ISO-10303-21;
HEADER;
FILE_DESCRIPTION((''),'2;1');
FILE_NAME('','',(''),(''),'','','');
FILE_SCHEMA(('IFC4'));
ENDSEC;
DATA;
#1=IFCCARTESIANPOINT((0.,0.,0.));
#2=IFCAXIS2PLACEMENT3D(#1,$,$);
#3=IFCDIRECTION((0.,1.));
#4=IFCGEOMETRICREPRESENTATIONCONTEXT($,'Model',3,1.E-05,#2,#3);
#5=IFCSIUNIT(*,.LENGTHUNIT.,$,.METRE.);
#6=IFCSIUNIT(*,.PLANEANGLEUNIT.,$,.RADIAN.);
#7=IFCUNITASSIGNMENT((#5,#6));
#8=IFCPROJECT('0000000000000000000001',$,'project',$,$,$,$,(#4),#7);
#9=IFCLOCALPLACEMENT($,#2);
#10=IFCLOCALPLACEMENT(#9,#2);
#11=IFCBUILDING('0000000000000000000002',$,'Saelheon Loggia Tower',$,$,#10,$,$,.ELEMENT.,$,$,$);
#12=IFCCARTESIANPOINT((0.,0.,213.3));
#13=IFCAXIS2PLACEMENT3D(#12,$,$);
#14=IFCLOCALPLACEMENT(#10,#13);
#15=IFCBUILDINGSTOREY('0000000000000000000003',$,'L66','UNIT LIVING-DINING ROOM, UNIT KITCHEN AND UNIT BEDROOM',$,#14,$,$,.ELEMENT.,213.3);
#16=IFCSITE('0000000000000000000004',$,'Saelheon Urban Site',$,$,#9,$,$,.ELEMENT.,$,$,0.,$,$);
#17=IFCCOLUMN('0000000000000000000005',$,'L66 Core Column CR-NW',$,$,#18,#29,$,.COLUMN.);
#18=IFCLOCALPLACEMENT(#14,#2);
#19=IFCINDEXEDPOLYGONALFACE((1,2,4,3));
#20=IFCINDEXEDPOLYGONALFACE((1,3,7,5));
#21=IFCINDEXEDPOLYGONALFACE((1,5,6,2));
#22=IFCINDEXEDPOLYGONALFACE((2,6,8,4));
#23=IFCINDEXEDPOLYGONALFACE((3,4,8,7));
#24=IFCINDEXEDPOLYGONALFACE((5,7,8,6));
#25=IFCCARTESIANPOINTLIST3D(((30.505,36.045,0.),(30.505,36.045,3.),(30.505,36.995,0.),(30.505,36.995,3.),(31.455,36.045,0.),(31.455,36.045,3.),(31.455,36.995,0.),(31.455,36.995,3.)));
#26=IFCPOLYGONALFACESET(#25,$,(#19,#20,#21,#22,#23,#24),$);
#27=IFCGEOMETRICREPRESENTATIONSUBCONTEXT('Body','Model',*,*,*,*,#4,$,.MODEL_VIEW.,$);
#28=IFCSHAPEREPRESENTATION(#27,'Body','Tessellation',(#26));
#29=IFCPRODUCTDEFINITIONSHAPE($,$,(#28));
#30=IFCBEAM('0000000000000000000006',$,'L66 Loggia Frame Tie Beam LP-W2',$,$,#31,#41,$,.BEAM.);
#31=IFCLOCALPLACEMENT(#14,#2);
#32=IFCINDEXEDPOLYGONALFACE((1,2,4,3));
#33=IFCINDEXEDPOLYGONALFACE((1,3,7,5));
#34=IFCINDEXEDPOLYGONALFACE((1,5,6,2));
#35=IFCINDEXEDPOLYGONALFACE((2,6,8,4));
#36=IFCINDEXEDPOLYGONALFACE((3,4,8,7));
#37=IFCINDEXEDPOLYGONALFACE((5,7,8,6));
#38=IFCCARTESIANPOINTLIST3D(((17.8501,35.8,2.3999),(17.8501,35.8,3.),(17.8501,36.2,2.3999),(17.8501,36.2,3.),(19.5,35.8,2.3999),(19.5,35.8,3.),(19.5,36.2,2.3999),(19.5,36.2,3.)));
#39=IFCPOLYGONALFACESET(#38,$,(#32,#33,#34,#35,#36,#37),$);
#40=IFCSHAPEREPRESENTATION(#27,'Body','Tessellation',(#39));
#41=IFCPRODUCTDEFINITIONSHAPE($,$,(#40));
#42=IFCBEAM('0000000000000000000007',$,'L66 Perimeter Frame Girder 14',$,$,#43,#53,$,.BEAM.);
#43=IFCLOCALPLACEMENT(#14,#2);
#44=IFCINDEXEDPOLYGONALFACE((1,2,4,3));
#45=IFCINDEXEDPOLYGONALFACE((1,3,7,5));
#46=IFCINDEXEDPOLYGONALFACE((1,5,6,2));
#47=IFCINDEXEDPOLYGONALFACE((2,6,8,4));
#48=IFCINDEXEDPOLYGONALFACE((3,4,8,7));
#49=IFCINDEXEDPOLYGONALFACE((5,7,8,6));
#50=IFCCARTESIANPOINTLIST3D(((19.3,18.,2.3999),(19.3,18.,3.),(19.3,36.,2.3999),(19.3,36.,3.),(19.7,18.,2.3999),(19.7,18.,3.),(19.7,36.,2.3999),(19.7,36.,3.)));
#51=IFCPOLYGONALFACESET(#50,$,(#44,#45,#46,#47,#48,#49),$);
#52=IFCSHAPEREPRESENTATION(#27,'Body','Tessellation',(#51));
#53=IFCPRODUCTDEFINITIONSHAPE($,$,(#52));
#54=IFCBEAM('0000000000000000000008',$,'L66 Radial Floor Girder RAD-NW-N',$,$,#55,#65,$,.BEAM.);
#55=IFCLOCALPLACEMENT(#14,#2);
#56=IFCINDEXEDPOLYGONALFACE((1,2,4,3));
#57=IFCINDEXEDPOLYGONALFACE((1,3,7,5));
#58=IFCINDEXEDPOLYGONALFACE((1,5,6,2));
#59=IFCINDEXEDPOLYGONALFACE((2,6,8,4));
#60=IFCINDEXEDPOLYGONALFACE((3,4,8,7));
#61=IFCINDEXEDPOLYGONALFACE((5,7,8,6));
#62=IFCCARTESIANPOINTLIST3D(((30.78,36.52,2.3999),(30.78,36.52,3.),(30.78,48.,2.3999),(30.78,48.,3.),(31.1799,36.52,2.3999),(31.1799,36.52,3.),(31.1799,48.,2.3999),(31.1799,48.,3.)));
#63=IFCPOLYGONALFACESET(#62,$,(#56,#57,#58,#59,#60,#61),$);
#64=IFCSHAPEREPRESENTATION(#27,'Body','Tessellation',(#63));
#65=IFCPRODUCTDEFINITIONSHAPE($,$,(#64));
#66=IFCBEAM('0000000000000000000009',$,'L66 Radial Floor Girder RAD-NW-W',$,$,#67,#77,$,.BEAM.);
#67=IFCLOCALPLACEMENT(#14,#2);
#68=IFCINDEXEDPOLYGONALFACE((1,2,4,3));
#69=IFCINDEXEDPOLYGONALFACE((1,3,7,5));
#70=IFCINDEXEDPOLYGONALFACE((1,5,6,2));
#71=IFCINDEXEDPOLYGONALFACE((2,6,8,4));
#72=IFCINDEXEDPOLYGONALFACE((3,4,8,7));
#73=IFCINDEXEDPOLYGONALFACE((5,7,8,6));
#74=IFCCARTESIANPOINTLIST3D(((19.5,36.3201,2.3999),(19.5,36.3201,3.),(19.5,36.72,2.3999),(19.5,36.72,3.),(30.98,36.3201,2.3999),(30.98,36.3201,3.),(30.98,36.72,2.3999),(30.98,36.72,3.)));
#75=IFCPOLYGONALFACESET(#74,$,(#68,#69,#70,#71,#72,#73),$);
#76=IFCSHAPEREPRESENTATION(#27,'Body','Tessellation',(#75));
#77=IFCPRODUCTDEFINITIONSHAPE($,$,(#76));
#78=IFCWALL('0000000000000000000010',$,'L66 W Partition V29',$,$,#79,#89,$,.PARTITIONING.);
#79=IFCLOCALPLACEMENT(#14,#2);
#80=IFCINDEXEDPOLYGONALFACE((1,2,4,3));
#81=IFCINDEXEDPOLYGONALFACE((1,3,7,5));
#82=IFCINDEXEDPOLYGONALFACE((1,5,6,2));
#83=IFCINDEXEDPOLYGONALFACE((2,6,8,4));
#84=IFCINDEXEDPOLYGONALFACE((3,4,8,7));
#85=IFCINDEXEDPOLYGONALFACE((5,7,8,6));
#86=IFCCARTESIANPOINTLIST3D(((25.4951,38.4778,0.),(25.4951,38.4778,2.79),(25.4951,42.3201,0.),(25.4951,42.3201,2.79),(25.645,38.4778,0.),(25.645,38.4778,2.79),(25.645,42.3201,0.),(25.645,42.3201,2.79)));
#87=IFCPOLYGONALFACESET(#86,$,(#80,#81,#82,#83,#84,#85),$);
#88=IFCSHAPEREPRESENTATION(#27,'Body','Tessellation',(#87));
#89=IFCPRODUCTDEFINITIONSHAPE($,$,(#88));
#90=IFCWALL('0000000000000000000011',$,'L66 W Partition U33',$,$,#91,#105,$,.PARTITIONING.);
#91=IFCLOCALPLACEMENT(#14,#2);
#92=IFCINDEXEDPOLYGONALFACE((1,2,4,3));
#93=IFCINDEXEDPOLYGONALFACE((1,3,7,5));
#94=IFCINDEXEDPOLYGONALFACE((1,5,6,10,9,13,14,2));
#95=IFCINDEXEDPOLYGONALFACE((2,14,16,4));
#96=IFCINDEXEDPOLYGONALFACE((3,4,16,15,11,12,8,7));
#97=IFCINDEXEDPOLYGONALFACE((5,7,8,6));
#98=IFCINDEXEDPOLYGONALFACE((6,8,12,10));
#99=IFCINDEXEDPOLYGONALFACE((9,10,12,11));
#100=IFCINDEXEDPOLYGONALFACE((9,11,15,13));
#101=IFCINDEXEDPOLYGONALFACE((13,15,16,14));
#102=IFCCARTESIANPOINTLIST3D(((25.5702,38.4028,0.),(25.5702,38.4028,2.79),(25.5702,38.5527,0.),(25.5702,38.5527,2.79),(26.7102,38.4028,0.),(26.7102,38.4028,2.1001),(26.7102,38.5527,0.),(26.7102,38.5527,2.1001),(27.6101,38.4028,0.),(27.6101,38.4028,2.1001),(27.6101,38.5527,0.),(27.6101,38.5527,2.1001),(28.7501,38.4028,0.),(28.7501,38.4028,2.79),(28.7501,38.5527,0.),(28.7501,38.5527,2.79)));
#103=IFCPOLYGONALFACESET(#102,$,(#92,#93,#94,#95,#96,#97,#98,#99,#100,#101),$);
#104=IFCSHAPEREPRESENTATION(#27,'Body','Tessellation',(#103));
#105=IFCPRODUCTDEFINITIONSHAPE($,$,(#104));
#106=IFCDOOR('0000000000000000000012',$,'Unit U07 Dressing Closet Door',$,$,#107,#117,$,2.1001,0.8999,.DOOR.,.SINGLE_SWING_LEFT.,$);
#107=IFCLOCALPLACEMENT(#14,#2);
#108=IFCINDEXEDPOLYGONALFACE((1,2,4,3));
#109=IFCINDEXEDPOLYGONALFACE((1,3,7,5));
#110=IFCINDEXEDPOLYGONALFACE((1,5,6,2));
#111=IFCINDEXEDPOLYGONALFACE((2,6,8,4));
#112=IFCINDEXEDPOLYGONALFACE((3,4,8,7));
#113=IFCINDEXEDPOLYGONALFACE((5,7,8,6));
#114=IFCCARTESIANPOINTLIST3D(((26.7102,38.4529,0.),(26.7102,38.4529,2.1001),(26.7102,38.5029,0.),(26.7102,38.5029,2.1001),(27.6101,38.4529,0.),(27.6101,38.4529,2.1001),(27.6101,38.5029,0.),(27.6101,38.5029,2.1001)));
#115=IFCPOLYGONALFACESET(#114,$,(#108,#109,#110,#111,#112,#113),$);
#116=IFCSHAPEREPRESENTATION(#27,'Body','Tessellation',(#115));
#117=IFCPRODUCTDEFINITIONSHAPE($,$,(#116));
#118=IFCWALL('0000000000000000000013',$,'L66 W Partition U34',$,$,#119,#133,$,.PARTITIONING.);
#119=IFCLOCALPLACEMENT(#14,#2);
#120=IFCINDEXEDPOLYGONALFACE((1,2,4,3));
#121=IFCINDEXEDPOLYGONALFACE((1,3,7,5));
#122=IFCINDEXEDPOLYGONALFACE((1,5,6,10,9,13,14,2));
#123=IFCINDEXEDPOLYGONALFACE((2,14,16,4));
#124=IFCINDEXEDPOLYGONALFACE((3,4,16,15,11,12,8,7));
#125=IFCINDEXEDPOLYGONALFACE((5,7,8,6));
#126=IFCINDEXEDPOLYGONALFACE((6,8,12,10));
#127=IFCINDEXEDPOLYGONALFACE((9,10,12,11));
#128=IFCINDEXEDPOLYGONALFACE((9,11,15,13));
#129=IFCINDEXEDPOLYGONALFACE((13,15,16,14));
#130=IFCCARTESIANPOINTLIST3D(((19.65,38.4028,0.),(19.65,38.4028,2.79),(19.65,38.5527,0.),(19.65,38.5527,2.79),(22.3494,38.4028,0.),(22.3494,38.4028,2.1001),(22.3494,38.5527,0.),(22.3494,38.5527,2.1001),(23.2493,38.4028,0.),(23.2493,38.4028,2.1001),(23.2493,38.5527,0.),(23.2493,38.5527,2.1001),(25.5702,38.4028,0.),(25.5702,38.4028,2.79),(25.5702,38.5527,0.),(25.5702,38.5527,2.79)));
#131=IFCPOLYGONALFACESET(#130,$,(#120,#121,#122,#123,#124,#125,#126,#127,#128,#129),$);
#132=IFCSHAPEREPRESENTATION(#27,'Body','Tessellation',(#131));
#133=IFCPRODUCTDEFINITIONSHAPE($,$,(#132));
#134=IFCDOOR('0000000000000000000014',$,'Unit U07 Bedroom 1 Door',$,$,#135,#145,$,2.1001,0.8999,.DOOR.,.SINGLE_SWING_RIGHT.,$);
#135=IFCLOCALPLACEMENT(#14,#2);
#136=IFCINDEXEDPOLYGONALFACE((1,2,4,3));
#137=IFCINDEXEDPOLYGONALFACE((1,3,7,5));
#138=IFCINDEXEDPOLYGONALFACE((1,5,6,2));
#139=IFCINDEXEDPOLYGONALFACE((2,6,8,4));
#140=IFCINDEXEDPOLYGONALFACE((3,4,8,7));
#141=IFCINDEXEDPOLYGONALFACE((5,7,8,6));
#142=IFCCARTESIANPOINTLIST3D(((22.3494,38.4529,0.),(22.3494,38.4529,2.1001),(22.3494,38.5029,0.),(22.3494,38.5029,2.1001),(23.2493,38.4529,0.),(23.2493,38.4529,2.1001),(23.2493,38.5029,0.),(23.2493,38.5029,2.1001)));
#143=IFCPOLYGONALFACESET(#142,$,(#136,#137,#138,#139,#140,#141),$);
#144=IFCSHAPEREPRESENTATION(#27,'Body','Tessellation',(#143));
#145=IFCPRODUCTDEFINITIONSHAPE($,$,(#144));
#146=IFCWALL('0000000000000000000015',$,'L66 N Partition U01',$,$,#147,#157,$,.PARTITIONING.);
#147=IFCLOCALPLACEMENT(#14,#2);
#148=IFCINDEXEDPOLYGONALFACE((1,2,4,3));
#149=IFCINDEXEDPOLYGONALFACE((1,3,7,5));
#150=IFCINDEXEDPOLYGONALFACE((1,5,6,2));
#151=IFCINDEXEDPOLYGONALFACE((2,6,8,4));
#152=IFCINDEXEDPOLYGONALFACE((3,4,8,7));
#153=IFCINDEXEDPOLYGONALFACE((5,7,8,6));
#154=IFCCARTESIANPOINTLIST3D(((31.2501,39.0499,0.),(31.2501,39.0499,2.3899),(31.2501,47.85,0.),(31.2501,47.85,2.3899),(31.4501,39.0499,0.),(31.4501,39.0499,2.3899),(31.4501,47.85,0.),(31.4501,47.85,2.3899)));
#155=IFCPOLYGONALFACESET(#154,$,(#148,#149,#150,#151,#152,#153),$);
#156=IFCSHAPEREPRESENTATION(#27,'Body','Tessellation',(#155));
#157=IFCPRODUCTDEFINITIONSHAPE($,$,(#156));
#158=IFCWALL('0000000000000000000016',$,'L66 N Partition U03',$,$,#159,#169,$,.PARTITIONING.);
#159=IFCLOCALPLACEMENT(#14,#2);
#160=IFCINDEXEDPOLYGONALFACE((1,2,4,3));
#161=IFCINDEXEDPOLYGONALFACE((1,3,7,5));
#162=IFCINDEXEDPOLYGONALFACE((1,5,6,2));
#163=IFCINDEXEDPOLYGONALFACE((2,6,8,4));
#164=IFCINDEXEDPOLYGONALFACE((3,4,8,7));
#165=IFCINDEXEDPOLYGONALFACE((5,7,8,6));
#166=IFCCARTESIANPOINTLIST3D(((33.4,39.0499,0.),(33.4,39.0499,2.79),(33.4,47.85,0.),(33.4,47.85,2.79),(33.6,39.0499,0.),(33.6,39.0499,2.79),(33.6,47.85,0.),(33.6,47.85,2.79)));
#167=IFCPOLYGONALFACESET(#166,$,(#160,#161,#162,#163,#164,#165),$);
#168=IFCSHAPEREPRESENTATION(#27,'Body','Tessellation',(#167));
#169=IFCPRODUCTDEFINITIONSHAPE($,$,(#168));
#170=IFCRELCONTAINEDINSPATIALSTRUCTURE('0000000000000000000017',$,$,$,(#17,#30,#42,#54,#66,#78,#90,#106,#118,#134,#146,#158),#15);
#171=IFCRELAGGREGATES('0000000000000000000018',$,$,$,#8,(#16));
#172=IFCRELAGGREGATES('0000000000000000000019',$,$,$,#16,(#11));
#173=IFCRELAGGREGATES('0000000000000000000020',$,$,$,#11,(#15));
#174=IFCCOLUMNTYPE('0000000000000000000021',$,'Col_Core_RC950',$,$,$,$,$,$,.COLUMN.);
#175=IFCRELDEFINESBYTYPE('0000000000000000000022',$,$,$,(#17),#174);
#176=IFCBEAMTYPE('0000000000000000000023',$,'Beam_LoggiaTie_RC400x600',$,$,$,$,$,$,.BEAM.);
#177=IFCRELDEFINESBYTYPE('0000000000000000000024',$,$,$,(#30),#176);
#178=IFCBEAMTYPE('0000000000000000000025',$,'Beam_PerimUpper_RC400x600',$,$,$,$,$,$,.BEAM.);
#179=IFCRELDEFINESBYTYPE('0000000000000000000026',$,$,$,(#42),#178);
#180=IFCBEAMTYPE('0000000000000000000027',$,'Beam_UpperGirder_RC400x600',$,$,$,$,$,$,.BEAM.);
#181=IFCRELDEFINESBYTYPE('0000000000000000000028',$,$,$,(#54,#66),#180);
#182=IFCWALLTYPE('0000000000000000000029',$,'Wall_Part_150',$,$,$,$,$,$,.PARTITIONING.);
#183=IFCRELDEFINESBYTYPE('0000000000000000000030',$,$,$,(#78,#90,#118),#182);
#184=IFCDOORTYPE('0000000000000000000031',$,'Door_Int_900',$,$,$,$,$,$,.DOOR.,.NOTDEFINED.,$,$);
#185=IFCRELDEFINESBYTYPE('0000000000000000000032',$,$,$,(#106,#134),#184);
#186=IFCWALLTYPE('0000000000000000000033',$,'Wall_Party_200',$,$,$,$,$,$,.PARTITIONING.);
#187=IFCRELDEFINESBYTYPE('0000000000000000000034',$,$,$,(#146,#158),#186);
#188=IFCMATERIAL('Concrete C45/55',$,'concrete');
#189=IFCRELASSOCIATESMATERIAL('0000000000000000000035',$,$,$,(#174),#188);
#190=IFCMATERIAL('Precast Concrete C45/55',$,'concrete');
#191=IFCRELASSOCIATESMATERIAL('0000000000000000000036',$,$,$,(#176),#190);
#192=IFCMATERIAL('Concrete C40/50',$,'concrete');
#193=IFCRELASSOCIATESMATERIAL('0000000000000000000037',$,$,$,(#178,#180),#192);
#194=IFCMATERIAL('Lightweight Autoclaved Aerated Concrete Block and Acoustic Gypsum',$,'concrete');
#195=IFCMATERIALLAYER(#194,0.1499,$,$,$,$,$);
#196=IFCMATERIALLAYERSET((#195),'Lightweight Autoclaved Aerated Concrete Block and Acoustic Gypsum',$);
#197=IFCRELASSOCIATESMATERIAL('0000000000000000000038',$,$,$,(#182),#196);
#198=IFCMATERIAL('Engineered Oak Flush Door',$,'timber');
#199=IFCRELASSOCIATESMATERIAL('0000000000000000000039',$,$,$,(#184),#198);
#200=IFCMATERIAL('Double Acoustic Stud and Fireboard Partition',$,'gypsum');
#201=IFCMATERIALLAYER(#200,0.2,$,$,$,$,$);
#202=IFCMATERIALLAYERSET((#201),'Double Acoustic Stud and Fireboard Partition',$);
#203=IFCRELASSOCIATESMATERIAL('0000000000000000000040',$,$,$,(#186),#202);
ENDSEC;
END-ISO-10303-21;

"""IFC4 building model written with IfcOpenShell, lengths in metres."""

from ifc_helpers import new_model, si_unit, direction, frame, frame_2d, origin, origin_2d, place, context, subcontext, project, spatial, rectangle, extrude, source, transform, mapped, material, layer, layer_set, material_profile, profile_set, type_object, element, fill, save


model = new_model("IFC4")

# Units and contexts
model_context = context("Model", 3, precision=1e-05, world=origin(), true_north=direction((0.0, 1.0)))
body_context = subcontext(model_context, "Body", "Model", "MODEL_VIEW")
ifc_project = project(units=[si_unit("LENGTHUNIT", "METRE"), si_unit("PLANEANGLEUNIT", "RADIAN")], contexts=[model_context])

# Site, building, storey
site_placement = place(None, origin())
site = spatial("IfcSite", under=ifc_project, at=site_placement, Name="Saelheon Urban Site", CompositionType="ELEMENT", RefElevation=0.0)
building_placement = place(site_placement, origin())
building = spatial("IfcBuilding", under=site, at=building_placement, Name="Saelheon Loggia Tower", CompositionType="ELEMENT")
storey_placement = place(building_placement, frame((0.0, 0.0, 213.3)))
storey = spatial("IfcBuildingStorey", under=building, at=storey_placement, Name="L66", Description="UNIT LIVING-DINING ROOM, UNIT KITCHEN AND UNIT BEDROOM", CompositionType="ELEMENT", Elevation=213.3)

# Column
ifc_material_1 = material(Name="Concrete C45/55", Category="concrete")
ifc_material_profile_1 = material_profile(ifc_material_1, rectangle(XDim=0.95, YDim=0.95, at=origin_2d()), Name="RC-950x950")
ifc_profile_set_1 = profile_set([ifc_material_profile_1], Name="Concrete C45/55")
column_type = type_object("IfcColumnType", Name="Col_Core_RC950", PredefinedType="COLUMN", material=ifc_profile_set_1)
shared_shape_1 = source(origin(), body_context, "Body", "SweptSolid", [
    extrude(rectangle(XDim=0.95, YDim=0.95, at=origin_2d()), origin(), (0.0, 0.0, 1.0), 3.0),
])
column_placement = place(storey_placement, frame((30.98, 36.52, 0.0), z_axis=(0.0, 0.0, 1.0), x_axis=(1.0, 0.0, 0.0)))
element("IfcColumn", 1, at=column_placement, inside=storey, type_object=column_type, Name="L66 Core Column CR-NW", PredefinedType="COLUMN", context=body_context, shape_type="MappedRepresentation", body=[
    mapped(shared_shape_1, transform((0.0, 0.0, 0.0), scale=1.0)),
])

# Beams
ifc_material_2 = material(Name="Precast Concrete C45/55", Category="concrete")
ifc_material_profile_2 = material_profile(ifc_material_2, rectangle(XDim=0.3999, YDim=0.6001, at=origin_2d()), Name="RC-400x600")
ifc_profile_set_2 = profile_set([ifc_material_profile_2], Name="Precast Concrete C45/55")
beam_type_1 = type_object("IfcBeamType", Name="Beam_LoggiaTie_RC400x600", PredefinedType="BEAM", material=ifc_profile_set_2)
shared_shape_2 = source(origin(), body_context, "Body", "SweptSolid", [
    extrude(rectangle(XDim=0.3999, YDim=0.6001, at=origin_2d()), origin(), (0.0, 0.0, 1.0), 1.6499),
])
beam_1_placement = place(storey_placement, frame((19.5, 36.0, 2.7), z_axis=(-1.0, 0.0, 0.0), x_axis=(0.0, -1.0, 0.0)))
element("IfcBeam", 2, at=beam_1_placement, inside=storey, type_object=beam_type_1, Name="L66 Loggia Frame Tie Beam LP-W2", PredefinedType="BEAM", context=body_context, shape_type="MappedRepresentation", body=[
    mapped(shared_shape_2, transform((0.0, 0.0, 0.0), scale=1.0)),
])
ifc_material_3 = material(Name="Concrete C40/50", Category="concrete")
ifc_material_profile_3 = material_profile(ifc_material_3, rectangle(XDim=0.3999, YDim=0.6001, at=origin_2d()), Name="RC-400x600")
ifc_profile_set_3 = profile_set([ifc_material_profile_3], Name="Concrete C40/50")
beam_type_2 = type_object("IfcBeamType", Name="Beam_PerimUpper_RC400x600", PredefinedType="BEAM", material=ifc_profile_set_3)
shared_shape_3 = source(origin(), body_context, "Body", "SweptSolid", [
    extrude(rectangle(XDim=0.3999, YDim=0.6001, at=origin_2d()), origin(), (0.0, 0.0, 1.0), 18.0),
])
beam_2_placement = place(storey_placement, frame((19.5, 36.0, 2.7), z_axis=(0.0, -1.0, 0.0), x_axis=(1.0, 0.0, 0.0)))
element("IfcBeam", 3, at=beam_2_placement, inside=storey, type_object=beam_type_2, Name="L66 Perimeter Frame Girder 14", PredefinedType="BEAM", context=body_context, shape_type="MappedRepresentation", body=[
    mapped(shared_shape_3, transform((0.0, 0.0, 0.0), scale=1.0)),
])
ifc_material_profile_4 = material_profile(ifc_material_3, rectangle(XDim=0.3999, YDim=0.6001, at=origin_2d()), Name="RC-400x600")
ifc_profile_set_4 = profile_set([ifc_material_profile_4], Name="Concrete C40/50")
beam_type_3 = type_object("IfcBeamType", Name="Beam_UpperGirder_RC400x600", PredefinedType="BEAM", material=ifc_profile_set_4)
shared_shape_4 = source(origin(), body_context, "Body", "SweptSolid", [
    extrude(rectangle(XDim=0.3999, YDim=0.6001, at=origin_2d()), origin(), (0.0, 0.0, 1.0), 11.48),
])
for number, where, z_axis, x_axis, name in (
    (4, (30.98, 36.52, 2.7), (0.0, 1.0, 0.0), (-1.0, 0.0, 0.0), "L66 Radial Floor Girder RAD-NW-N"),
    (5, (30.98, 36.52, 2.7), (-1.0, 0.0, 0.0), (0.0, -1.0, 0.0), "L66 Radial Floor Girder RAD-NW-W"),
):
    element("IfcBeam", number, at=place(storey_placement, frame(where, z_axis=z_axis, x_axis=x_axis)), inside=storey, type_object=beam_type_3, Name=name, PredefinedType="BEAM", context=body_context, shape_type="MappedRepresentation", body=[
        mapped(shared_shape_4, transform((0.0, 0.0, 0.0), scale=1.0)),
    ])

# Wall
ifc_material_4 = material(Name="Lightweight Autoclaved Aerated Concrete Block and Acoustic Gypsum", Category="concrete")
ifc_layer_1 = layer(ifc_material_4, 0.1499)
ifc_layer_set_1 = layer_set([ifc_layer_1], Name="Lightweight Autoclaved Aerated Concrete Block and Acoustic Gypsum")
wall_type_1 = type_object("IfcWallType", Name="Wall_Part_150", PredefinedType="PARTITIONING", material=ifc_layer_set_1)
wall_1_placement = place(storey_placement, frame((25.5701, 38.4778, 0.0), z_axis=(0.0, 0.0, 1.0), x_axis=(0.0, 1.0, 0.0)))
element("IfcWall", 6, at=wall_1_placement, inside=storey, type_object=wall_type_1, Name="L66 W Partition V29", PredefinedType="PARTITIONING", context=body_context, shape_type="SweptSolid", body=[
    extrude(rectangle(XDim=3.8423, YDim=0.1499, at=frame_2d((1.9211, 0.0))), origin(), (0.0, 0.0, 1.0), 2.79),
])

# Walls, openings, doors
wall_2_placement = place(storey_placement, frame((28.75, 38.4778, 0.0), z_axis=(0.0, 0.0, 1.0), x_axis=(-1.0, 0.0, 0.0)))
wall_2 = element("IfcWall", 7, at=wall_2_placement, inside=storey, type_object=wall_type_1, Name="L66 W Partition U33", PredefinedType="PARTITIONING", context=body_context, shape_type="SweptSolid", body=[
    extrude(rectangle(XDim=3.1799, YDim=0.1499, at=frame_2d((1.5898, 0.0))), origin(), (0.0, 0.0, 1.0), 2.79),
])
opening_1_placement = place(wall_2_placement, frame((1.1399, 0.0, 0.0)))
opening_1 = element("IfcOpeningElement", 8, at=opening_1_placement, cuts=wall_2, PredefinedType="OPENING", context=body_context, shape_type="SweptSolid", body=[
    extrude(rectangle(XDim=0.8999, YDim=2.1001, at=frame_2d((0.45, 1.05))), frame((0.0, 0.0869, 0.0), z_axis=(0.0, -1.0, 0.0), x_axis=(1.0, 0.0, 0.0)), (0.0, 0.0, 1.0), 0.1738),
])
ifc_material_5 = material(Name="Engineered Oak Flush Door", Category="timber")
door_type_1 = type_object("IfcDoorType", Name="Door_Int_900", OperationType="NOTDEFINED", PredefinedType="DOOR", material=ifc_material_5)
shared_shape_5 = source(origin(), body_context, "Body", "SweptSolid", [
    extrude(rectangle(XDim=0.8999, YDim=2.1001, at=frame_2d((0.45, 1.05))), frame((0.0, 0.0249, 0.0), z_axis=(0.0, -1.0, 0.0), x_axis=(1.0, 0.0, 0.0)), (0.0, 0.0, 1.0), 0.05),
])
door_1_placement = place(opening_1_placement, origin())
door_1 = element("IfcDoor", 9, at=door_1_placement, inside=storey, type_object=door_type_1, Name="Unit U07 Dressing Closet Door", OperationType="SINGLE_SWING_LEFT", OverallHeight=2.1001, OverallWidth=0.8999, PredefinedType="DOOR", context=body_context, shape_type="MappedRepresentation", body=[
    mapped(shared_shape_5, transform((0.0, 0.0, 0.0), scale=1.0)),
])
fill(opening_1, door_1)
wall_3_placement = place(storey_placement, frame((25.5701, 38.4778, 0.0), z_axis=(0.0, 0.0, 1.0), x_axis=(-1.0, 0.0, 0.0)))
wall_3 = element("IfcWall", 10, at=wall_3_placement, inside=storey, type_object=wall_type_1, Name="L66 W Partition U34", PredefinedType="PARTITIONING", context=body_context, shape_type="SweptSolid", body=[
    extrude(rectangle(XDim=5.9202, YDim=0.1499, at=frame_2d((2.96, 0.0))), origin(), (0.0, 0.0, 1.0), 2.79),
])
opening_2_placement = place(wall_3_placement, frame((2.3208, 0.0, 0.0)))
opening_2 = element("IfcOpeningElement", 11, at=opening_2_placement, cuts=wall_3, PredefinedType="OPENING", context=body_context, shape_type="SweptSolid", body=[
    extrude(rectangle(XDim=0.8999, YDim=2.1001, at=frame_2d((0.45, 1.05))), frame((0.0, 0.0869, 0.0), z_axis=(0.0, -1.0, 0.0), x_axis=(1.0, 0.0, 0.0)), (0.0, 0.0, 1.0), 0.1738),
])
door_2_placement = place(opening_2_placement, origin())
door_2 = element("IfcDoor", 12, at=door_2_placement, inside=storey, type_object=door_type_1, Name="Unit U07 Bedroom 1 Door", OperationType="SINGLE_SWING_RIGHT", OverallHeight=2.1001, OverallWidth=0.8999, PredefinedType="DOOR", context=body_context, shape_type="MappedRepresentation", body=[
    mapped(shared_shape_5, transform((0.0, 0.0, 0.0), scale=1.0)),
])
fill(opening_2, door_2)

# Walls
ifc_material_6 = material(Name="Double Acoustic Stud and Fireboard Partition", Category="gypsum")
ifc_layer_2 = layer(ifc_material_6, 0.2)
ifc_layer_set_2 = layer_set([ifc_layer_2], Name="Double Acoustic Stud and Fireboard Partition")
wall_type_2 = type_object("IfcWallType", Name="Wall_Party_200", PredefinedType="PARTITIONING", material=ifc_layer_set_2)
wall_4_placement = place(storey_placement, frame((31.3501, 39.05, 0.0), z_axis=(0.0, 0.0, 1.0), x_axis=(0.0, 1.0, 0.0)))
element("IfcWall", 13, at=wall_4_placement, inside=storey, type_object=wall_type_2, Name="L66 N Partition U01", PredefinedType="PARTITIONING", context=body_context, shape_type="SweptSolid", body=[
    extrude(rectangle(XDim=8.8, YDim=0.2, at=frame_2d((4.3999, 0.0))), origin(), (0.0, 0.0, 1.0), 2.3899),
])
wall_5_placement = place(storey_placement, frame((33.5, 39.05, 0.0), z_axis=(0.0, 0.0, 1.0), x_axis=(0.0, 1.0, 0.0)))
element("IfcWall", 14, at=wall_5_placement, inside=storey, type_object=wall_type_2, Name="L66 N Partition U03", PredefinedType="PARTITIONING", context=body_context, shape_type="SweptSolid", body=[
    extrude(rectangle(XDim=8.8, YDim=0.2, at=frame_2d((4.3999, 0.0))), origin(), (0.0, 0.0, 1.0), 2.79),
])

save(model, "model.ifc")
